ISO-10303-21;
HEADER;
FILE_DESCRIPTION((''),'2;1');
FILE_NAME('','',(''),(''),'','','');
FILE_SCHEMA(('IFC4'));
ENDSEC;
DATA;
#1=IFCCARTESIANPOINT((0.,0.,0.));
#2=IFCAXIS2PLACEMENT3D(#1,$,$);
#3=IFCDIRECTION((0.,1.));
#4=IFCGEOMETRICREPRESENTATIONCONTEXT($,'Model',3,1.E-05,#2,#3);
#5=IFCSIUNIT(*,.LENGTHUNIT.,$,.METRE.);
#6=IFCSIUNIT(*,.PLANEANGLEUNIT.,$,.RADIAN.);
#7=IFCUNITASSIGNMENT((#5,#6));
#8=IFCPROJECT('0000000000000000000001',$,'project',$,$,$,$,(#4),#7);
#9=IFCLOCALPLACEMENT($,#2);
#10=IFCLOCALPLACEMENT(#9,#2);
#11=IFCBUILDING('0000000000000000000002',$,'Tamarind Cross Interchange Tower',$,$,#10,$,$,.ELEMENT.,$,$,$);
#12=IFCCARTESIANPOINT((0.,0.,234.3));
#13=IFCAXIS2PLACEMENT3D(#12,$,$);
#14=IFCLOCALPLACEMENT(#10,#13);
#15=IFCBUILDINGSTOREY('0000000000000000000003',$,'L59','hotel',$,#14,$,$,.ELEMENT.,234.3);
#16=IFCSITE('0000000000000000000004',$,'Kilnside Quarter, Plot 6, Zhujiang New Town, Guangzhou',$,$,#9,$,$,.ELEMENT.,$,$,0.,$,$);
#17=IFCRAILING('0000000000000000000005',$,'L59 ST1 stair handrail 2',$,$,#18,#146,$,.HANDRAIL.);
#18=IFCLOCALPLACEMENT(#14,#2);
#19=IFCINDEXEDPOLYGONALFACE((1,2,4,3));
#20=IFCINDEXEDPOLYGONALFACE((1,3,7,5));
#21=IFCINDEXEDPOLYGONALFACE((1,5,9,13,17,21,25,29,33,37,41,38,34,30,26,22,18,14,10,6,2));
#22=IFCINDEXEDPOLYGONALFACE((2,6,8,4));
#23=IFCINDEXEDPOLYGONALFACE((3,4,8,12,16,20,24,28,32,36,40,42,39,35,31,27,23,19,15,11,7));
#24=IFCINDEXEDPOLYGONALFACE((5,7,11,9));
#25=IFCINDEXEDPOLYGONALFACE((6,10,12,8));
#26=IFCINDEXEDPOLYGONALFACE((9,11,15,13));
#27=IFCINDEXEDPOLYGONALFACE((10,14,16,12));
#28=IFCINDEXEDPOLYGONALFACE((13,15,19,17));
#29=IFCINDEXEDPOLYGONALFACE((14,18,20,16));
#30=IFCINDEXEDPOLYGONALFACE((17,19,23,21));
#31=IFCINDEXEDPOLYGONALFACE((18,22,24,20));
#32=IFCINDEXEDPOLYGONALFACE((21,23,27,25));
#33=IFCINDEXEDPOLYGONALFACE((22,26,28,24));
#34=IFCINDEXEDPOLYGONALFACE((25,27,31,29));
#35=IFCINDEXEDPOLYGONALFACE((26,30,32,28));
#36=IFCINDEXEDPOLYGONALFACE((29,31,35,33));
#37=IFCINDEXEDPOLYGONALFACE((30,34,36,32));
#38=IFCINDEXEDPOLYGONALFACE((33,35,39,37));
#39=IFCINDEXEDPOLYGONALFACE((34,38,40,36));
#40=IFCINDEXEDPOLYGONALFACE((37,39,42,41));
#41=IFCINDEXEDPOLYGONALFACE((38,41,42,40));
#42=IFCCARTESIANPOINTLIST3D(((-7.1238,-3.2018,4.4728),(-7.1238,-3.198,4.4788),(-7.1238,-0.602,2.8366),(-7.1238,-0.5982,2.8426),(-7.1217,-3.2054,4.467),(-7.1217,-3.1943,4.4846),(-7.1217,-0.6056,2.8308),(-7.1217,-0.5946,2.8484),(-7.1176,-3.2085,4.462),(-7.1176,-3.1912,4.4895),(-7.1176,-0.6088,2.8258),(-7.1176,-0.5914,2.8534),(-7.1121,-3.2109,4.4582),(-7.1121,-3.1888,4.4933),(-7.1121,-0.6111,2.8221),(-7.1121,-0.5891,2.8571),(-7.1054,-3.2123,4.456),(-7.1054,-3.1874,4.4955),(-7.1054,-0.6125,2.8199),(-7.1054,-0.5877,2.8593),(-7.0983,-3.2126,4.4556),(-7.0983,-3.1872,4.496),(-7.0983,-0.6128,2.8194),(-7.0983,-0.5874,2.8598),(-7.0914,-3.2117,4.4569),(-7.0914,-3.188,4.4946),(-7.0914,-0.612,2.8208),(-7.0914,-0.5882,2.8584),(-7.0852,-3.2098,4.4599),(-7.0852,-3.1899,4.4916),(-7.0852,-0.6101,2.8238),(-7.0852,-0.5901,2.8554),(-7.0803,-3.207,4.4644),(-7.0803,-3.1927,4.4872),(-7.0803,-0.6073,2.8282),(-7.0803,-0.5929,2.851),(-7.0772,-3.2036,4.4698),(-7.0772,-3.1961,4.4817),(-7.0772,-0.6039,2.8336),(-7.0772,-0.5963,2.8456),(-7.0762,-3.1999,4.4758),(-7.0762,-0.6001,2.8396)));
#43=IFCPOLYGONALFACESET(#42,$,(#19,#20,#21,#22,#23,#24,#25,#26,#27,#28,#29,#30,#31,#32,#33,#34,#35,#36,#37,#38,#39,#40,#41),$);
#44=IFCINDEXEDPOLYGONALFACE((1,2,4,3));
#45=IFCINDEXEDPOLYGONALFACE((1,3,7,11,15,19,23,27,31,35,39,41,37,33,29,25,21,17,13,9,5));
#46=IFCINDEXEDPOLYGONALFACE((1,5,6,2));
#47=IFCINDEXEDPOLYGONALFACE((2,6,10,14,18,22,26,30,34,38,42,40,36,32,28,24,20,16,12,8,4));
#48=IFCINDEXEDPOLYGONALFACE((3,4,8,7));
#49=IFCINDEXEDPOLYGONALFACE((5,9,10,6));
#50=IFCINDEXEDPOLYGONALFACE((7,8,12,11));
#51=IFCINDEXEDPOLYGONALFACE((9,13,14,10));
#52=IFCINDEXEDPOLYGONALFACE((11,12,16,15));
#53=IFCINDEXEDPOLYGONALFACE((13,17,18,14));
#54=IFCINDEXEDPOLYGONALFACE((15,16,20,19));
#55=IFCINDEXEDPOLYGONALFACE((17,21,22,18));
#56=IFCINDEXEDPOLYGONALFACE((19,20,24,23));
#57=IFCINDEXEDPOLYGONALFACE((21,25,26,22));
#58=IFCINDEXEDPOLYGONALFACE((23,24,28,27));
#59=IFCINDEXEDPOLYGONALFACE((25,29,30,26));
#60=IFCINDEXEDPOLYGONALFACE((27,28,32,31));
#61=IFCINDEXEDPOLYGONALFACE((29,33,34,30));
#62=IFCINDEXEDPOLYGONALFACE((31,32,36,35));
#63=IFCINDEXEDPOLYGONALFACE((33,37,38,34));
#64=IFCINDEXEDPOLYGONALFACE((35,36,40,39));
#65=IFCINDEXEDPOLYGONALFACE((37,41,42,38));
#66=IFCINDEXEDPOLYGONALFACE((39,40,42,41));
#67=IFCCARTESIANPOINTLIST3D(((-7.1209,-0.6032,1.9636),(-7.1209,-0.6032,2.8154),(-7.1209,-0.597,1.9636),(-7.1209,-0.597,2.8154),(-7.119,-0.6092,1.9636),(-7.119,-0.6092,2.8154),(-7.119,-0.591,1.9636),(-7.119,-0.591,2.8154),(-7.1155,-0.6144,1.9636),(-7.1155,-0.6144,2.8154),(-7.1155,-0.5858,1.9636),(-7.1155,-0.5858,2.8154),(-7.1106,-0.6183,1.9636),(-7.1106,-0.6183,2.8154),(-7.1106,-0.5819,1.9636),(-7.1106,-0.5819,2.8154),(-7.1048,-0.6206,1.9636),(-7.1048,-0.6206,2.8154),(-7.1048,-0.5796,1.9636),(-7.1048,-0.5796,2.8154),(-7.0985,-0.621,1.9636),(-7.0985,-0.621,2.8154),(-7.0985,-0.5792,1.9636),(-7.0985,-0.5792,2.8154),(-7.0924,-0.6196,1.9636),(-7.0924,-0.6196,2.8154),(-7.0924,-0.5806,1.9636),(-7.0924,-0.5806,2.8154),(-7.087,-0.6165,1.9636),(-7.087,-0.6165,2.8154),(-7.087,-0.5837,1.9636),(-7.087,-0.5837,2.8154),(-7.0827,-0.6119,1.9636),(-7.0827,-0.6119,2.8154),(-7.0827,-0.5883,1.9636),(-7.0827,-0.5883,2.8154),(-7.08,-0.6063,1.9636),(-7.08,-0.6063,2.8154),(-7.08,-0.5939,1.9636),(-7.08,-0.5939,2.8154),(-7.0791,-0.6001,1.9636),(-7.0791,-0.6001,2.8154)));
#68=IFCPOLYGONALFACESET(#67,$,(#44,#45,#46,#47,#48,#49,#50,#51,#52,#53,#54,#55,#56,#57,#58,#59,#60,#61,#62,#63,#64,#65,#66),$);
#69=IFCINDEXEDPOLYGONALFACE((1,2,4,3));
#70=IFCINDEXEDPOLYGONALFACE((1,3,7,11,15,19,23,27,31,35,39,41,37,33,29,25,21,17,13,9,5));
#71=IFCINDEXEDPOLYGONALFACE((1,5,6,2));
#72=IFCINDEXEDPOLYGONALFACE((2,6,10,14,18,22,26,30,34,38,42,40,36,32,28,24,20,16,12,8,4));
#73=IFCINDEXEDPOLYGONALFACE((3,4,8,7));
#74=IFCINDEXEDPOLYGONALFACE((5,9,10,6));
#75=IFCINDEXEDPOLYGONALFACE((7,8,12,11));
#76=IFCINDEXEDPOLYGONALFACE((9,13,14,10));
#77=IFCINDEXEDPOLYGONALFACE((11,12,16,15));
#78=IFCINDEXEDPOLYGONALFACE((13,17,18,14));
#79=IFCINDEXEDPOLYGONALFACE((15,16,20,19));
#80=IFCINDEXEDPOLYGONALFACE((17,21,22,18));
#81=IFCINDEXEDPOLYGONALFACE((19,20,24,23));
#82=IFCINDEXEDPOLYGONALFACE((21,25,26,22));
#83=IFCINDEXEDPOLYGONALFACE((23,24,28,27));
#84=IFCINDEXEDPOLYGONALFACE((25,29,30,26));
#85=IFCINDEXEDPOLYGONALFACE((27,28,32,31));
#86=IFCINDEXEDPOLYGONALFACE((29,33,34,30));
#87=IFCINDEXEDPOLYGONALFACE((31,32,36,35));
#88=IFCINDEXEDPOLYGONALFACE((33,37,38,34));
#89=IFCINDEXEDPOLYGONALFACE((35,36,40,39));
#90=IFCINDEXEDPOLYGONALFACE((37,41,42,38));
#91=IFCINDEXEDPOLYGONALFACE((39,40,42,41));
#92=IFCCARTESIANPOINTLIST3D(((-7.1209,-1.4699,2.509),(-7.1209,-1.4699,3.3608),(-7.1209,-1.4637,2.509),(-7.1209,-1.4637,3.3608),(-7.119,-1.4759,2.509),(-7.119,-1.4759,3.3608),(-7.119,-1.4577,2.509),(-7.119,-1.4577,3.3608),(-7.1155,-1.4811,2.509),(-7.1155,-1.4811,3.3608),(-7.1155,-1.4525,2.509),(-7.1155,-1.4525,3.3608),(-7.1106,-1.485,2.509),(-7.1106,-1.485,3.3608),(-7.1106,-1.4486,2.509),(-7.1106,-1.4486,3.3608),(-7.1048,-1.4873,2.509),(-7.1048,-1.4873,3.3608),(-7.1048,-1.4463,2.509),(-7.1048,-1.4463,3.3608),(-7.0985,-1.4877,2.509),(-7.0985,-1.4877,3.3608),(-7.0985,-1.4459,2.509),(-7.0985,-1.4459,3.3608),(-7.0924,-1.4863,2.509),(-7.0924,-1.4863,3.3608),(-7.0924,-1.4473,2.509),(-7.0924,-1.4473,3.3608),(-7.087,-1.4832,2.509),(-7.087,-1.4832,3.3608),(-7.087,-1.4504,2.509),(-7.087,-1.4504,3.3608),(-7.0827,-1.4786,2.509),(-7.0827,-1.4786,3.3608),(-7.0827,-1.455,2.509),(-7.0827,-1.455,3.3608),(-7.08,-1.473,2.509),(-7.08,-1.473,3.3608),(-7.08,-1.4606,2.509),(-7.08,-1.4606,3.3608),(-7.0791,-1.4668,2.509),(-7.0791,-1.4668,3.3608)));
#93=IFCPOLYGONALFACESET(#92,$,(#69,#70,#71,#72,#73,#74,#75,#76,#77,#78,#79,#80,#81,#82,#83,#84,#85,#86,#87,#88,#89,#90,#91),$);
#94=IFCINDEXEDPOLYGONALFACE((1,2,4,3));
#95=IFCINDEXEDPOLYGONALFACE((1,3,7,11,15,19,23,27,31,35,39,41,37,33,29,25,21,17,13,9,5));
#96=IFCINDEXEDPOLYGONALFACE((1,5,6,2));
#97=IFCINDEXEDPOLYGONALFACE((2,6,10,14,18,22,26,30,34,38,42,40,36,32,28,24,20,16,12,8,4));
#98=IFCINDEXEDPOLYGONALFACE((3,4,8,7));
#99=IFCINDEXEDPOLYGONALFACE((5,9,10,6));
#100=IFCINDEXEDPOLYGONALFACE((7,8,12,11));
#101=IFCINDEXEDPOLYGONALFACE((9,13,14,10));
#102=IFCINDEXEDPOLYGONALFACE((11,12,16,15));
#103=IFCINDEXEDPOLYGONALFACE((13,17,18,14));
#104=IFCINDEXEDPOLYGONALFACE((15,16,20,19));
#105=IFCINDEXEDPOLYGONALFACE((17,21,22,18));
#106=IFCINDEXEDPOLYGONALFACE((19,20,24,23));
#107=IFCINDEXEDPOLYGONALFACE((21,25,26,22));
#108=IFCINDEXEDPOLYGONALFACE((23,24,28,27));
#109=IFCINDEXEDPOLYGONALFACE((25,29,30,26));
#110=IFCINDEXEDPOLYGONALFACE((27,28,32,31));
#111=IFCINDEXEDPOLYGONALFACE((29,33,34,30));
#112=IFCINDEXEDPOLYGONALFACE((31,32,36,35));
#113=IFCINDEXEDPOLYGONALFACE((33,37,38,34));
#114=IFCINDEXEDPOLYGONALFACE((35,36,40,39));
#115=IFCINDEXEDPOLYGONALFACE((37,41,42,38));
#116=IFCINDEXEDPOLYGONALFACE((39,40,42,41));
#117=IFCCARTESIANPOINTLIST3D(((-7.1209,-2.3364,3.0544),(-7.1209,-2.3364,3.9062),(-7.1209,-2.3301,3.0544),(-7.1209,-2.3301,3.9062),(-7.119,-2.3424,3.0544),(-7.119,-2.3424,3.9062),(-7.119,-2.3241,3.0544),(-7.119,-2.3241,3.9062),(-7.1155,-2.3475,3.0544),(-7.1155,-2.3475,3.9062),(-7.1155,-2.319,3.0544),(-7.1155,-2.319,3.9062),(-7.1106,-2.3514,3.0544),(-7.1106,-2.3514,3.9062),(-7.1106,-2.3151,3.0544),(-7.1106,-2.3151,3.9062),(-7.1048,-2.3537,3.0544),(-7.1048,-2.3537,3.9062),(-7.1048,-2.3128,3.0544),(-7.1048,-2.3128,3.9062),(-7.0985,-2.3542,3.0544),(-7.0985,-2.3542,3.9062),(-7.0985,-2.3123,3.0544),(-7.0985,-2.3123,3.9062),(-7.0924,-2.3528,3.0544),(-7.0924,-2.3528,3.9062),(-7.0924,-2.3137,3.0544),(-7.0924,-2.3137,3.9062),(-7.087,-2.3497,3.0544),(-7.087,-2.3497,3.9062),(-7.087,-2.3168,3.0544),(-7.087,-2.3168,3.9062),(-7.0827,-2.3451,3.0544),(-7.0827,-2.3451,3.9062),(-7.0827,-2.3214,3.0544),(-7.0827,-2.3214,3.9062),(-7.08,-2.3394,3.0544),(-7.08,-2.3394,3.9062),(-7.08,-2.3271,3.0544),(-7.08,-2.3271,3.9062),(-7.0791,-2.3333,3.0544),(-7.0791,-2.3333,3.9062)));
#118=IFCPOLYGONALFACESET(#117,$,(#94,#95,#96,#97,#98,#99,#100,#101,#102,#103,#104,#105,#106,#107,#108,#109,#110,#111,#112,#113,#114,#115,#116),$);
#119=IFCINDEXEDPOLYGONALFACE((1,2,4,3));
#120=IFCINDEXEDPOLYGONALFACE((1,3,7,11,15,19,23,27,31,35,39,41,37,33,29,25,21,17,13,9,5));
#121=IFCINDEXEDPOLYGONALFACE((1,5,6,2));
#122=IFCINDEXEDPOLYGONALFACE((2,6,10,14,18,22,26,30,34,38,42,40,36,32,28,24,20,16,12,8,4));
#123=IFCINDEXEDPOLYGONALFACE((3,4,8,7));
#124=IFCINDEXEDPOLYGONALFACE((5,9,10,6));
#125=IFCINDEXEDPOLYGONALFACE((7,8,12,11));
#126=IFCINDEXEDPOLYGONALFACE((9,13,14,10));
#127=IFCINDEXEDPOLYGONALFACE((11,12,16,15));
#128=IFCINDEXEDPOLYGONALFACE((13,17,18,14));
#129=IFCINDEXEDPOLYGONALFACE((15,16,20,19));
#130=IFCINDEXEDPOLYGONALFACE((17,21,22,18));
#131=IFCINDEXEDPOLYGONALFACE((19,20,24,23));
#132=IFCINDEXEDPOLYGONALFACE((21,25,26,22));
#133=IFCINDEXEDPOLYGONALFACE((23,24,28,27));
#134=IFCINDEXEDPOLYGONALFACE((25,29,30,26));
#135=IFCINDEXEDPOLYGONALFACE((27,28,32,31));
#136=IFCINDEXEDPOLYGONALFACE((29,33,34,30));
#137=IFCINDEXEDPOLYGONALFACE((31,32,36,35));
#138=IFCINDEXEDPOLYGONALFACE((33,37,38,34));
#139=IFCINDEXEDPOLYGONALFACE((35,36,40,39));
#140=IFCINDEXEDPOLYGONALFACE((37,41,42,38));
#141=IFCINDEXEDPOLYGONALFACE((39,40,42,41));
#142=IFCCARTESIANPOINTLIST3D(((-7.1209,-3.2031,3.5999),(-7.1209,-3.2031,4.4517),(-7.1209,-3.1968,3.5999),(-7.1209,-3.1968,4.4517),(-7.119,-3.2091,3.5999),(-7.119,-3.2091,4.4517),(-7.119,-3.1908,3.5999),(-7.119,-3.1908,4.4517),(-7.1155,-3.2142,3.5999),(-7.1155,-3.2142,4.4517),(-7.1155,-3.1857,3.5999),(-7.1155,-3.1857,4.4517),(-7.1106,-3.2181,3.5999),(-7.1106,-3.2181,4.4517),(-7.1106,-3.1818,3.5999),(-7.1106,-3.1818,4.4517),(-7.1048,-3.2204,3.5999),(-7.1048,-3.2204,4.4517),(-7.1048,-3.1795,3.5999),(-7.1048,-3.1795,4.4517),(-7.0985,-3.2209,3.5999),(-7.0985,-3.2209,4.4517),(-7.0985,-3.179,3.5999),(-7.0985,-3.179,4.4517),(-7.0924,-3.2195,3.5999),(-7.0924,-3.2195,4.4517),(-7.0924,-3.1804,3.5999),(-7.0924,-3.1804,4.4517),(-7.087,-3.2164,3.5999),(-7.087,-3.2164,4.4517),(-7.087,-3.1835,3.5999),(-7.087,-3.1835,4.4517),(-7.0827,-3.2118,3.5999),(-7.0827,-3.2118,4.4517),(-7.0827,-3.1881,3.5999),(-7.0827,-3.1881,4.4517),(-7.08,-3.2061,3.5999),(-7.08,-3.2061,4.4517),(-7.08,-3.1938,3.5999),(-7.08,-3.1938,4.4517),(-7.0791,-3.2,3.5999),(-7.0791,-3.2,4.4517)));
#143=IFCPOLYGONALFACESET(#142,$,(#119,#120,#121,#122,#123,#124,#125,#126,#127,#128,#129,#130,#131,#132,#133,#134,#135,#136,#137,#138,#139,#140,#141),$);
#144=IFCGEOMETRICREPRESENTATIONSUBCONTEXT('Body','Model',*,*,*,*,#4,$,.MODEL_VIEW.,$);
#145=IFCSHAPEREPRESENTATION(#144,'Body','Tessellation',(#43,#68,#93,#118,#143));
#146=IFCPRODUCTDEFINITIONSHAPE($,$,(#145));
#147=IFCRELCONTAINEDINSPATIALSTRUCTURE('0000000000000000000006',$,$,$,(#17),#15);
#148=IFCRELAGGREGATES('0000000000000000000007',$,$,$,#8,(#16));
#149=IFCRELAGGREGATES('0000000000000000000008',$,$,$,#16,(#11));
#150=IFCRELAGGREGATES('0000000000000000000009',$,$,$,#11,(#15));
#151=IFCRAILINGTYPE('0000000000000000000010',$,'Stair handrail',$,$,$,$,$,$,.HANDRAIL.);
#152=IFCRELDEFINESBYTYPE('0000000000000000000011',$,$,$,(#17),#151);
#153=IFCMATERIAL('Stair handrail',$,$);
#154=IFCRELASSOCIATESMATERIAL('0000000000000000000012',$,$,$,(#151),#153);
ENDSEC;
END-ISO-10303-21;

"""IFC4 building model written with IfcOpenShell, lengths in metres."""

from ifc_helpers import new_model, si_unit, direction, frame, origin, origin_2d, place, context, subcontext, project, spatial, circle, extrude, material, type_object, element, save


model = new_model("IFC4")

# Units and contexts
model_context = context("Model", 3, precision=1e-05, world=origin(), true_north=direction((0.0, 1.0)))
body_context = subcontext(model_context, "Body", "Model", "MODEL_VIEW")
ifc_project = project(units=[si_unit("LENGTHUNIT", "METRE"), si_unit("PLANEANGLEUNIT", "RADIAN")], contexts=[model_context])

# Site, building, storey
site_placement = place(None, origin())
site = spatial("IfcSite", under=ifc_project, at=site_placement, Name="Kilnside Quarter, Plot 6, Zhujiang New Town, Guangzhou", CompositionType="ELEMENT", RefElevation=0.0)
building_placement = place(site_placement, origin())
building = spatial("IfcBuilding", under=site, at=building_placement, Name="Tamarind Cross Interchange Tower", CompositionType="ELEMENT")
storey_placement = place(building_placement, frame((0.0, 0.0, 234.3)))
storey = spatial("IfcBuildingStorey", under=building, at=storey_placement, Name="L59", Description="hotel", CompositionType="ELEMENT", Elevation=234.3)

# Railing
ifc_material_1 = material(Name="Stair handrail")
railing_type = type_object("IfcRailingType", Name="Stair handrail", PredefinedType="HANDRAIL", material=ifc_material_1)
railing_placement = place(storey_placement, frame((-7.1001, -0.6001, 1.9636)))
element("IfcRailing", 1, at=railing_placement, inside=storey, type_object=railing_type, Name="L59 ST1 stair handrail 2", PredefinedType="HANDRAIL", context=body_context, shape_type="SweptSolid", body=[
    extrude(circle(Radius=0.0239, at=origin_2d()), frame((0.0, 0.0, 0.876), z_axis=(0.0, -0.846338, 0.532647), x_axis=(1.0, 0.0, 0.0)), (0.0, 0.0, 1.0), 3.0718),
    extrude(circle(Radius=0.021, at=origin_2d()), origin(), (0.0, 0.0, 1.0), 0.8518),
    extrude(circle(Radius=0.021, at=origin_2d()), frame((0.0, -0.8667, 0.5454)), (0.0, 0.0, 1.0), 0.8518),
    extrude(circle(Radius=0.021, at=origin_2d()), frame((0.0, -1.7332, 1.0908)), (0.0, 0.0, 1.0), 0.8518),
    extrude(circle(Radius=0.021, at=origin_2d()), frame((0.0, -2.5999, 1.6362)), (0.0, 0.0, 1.0), 0.8518),
])

save(model, "model.ifc")
